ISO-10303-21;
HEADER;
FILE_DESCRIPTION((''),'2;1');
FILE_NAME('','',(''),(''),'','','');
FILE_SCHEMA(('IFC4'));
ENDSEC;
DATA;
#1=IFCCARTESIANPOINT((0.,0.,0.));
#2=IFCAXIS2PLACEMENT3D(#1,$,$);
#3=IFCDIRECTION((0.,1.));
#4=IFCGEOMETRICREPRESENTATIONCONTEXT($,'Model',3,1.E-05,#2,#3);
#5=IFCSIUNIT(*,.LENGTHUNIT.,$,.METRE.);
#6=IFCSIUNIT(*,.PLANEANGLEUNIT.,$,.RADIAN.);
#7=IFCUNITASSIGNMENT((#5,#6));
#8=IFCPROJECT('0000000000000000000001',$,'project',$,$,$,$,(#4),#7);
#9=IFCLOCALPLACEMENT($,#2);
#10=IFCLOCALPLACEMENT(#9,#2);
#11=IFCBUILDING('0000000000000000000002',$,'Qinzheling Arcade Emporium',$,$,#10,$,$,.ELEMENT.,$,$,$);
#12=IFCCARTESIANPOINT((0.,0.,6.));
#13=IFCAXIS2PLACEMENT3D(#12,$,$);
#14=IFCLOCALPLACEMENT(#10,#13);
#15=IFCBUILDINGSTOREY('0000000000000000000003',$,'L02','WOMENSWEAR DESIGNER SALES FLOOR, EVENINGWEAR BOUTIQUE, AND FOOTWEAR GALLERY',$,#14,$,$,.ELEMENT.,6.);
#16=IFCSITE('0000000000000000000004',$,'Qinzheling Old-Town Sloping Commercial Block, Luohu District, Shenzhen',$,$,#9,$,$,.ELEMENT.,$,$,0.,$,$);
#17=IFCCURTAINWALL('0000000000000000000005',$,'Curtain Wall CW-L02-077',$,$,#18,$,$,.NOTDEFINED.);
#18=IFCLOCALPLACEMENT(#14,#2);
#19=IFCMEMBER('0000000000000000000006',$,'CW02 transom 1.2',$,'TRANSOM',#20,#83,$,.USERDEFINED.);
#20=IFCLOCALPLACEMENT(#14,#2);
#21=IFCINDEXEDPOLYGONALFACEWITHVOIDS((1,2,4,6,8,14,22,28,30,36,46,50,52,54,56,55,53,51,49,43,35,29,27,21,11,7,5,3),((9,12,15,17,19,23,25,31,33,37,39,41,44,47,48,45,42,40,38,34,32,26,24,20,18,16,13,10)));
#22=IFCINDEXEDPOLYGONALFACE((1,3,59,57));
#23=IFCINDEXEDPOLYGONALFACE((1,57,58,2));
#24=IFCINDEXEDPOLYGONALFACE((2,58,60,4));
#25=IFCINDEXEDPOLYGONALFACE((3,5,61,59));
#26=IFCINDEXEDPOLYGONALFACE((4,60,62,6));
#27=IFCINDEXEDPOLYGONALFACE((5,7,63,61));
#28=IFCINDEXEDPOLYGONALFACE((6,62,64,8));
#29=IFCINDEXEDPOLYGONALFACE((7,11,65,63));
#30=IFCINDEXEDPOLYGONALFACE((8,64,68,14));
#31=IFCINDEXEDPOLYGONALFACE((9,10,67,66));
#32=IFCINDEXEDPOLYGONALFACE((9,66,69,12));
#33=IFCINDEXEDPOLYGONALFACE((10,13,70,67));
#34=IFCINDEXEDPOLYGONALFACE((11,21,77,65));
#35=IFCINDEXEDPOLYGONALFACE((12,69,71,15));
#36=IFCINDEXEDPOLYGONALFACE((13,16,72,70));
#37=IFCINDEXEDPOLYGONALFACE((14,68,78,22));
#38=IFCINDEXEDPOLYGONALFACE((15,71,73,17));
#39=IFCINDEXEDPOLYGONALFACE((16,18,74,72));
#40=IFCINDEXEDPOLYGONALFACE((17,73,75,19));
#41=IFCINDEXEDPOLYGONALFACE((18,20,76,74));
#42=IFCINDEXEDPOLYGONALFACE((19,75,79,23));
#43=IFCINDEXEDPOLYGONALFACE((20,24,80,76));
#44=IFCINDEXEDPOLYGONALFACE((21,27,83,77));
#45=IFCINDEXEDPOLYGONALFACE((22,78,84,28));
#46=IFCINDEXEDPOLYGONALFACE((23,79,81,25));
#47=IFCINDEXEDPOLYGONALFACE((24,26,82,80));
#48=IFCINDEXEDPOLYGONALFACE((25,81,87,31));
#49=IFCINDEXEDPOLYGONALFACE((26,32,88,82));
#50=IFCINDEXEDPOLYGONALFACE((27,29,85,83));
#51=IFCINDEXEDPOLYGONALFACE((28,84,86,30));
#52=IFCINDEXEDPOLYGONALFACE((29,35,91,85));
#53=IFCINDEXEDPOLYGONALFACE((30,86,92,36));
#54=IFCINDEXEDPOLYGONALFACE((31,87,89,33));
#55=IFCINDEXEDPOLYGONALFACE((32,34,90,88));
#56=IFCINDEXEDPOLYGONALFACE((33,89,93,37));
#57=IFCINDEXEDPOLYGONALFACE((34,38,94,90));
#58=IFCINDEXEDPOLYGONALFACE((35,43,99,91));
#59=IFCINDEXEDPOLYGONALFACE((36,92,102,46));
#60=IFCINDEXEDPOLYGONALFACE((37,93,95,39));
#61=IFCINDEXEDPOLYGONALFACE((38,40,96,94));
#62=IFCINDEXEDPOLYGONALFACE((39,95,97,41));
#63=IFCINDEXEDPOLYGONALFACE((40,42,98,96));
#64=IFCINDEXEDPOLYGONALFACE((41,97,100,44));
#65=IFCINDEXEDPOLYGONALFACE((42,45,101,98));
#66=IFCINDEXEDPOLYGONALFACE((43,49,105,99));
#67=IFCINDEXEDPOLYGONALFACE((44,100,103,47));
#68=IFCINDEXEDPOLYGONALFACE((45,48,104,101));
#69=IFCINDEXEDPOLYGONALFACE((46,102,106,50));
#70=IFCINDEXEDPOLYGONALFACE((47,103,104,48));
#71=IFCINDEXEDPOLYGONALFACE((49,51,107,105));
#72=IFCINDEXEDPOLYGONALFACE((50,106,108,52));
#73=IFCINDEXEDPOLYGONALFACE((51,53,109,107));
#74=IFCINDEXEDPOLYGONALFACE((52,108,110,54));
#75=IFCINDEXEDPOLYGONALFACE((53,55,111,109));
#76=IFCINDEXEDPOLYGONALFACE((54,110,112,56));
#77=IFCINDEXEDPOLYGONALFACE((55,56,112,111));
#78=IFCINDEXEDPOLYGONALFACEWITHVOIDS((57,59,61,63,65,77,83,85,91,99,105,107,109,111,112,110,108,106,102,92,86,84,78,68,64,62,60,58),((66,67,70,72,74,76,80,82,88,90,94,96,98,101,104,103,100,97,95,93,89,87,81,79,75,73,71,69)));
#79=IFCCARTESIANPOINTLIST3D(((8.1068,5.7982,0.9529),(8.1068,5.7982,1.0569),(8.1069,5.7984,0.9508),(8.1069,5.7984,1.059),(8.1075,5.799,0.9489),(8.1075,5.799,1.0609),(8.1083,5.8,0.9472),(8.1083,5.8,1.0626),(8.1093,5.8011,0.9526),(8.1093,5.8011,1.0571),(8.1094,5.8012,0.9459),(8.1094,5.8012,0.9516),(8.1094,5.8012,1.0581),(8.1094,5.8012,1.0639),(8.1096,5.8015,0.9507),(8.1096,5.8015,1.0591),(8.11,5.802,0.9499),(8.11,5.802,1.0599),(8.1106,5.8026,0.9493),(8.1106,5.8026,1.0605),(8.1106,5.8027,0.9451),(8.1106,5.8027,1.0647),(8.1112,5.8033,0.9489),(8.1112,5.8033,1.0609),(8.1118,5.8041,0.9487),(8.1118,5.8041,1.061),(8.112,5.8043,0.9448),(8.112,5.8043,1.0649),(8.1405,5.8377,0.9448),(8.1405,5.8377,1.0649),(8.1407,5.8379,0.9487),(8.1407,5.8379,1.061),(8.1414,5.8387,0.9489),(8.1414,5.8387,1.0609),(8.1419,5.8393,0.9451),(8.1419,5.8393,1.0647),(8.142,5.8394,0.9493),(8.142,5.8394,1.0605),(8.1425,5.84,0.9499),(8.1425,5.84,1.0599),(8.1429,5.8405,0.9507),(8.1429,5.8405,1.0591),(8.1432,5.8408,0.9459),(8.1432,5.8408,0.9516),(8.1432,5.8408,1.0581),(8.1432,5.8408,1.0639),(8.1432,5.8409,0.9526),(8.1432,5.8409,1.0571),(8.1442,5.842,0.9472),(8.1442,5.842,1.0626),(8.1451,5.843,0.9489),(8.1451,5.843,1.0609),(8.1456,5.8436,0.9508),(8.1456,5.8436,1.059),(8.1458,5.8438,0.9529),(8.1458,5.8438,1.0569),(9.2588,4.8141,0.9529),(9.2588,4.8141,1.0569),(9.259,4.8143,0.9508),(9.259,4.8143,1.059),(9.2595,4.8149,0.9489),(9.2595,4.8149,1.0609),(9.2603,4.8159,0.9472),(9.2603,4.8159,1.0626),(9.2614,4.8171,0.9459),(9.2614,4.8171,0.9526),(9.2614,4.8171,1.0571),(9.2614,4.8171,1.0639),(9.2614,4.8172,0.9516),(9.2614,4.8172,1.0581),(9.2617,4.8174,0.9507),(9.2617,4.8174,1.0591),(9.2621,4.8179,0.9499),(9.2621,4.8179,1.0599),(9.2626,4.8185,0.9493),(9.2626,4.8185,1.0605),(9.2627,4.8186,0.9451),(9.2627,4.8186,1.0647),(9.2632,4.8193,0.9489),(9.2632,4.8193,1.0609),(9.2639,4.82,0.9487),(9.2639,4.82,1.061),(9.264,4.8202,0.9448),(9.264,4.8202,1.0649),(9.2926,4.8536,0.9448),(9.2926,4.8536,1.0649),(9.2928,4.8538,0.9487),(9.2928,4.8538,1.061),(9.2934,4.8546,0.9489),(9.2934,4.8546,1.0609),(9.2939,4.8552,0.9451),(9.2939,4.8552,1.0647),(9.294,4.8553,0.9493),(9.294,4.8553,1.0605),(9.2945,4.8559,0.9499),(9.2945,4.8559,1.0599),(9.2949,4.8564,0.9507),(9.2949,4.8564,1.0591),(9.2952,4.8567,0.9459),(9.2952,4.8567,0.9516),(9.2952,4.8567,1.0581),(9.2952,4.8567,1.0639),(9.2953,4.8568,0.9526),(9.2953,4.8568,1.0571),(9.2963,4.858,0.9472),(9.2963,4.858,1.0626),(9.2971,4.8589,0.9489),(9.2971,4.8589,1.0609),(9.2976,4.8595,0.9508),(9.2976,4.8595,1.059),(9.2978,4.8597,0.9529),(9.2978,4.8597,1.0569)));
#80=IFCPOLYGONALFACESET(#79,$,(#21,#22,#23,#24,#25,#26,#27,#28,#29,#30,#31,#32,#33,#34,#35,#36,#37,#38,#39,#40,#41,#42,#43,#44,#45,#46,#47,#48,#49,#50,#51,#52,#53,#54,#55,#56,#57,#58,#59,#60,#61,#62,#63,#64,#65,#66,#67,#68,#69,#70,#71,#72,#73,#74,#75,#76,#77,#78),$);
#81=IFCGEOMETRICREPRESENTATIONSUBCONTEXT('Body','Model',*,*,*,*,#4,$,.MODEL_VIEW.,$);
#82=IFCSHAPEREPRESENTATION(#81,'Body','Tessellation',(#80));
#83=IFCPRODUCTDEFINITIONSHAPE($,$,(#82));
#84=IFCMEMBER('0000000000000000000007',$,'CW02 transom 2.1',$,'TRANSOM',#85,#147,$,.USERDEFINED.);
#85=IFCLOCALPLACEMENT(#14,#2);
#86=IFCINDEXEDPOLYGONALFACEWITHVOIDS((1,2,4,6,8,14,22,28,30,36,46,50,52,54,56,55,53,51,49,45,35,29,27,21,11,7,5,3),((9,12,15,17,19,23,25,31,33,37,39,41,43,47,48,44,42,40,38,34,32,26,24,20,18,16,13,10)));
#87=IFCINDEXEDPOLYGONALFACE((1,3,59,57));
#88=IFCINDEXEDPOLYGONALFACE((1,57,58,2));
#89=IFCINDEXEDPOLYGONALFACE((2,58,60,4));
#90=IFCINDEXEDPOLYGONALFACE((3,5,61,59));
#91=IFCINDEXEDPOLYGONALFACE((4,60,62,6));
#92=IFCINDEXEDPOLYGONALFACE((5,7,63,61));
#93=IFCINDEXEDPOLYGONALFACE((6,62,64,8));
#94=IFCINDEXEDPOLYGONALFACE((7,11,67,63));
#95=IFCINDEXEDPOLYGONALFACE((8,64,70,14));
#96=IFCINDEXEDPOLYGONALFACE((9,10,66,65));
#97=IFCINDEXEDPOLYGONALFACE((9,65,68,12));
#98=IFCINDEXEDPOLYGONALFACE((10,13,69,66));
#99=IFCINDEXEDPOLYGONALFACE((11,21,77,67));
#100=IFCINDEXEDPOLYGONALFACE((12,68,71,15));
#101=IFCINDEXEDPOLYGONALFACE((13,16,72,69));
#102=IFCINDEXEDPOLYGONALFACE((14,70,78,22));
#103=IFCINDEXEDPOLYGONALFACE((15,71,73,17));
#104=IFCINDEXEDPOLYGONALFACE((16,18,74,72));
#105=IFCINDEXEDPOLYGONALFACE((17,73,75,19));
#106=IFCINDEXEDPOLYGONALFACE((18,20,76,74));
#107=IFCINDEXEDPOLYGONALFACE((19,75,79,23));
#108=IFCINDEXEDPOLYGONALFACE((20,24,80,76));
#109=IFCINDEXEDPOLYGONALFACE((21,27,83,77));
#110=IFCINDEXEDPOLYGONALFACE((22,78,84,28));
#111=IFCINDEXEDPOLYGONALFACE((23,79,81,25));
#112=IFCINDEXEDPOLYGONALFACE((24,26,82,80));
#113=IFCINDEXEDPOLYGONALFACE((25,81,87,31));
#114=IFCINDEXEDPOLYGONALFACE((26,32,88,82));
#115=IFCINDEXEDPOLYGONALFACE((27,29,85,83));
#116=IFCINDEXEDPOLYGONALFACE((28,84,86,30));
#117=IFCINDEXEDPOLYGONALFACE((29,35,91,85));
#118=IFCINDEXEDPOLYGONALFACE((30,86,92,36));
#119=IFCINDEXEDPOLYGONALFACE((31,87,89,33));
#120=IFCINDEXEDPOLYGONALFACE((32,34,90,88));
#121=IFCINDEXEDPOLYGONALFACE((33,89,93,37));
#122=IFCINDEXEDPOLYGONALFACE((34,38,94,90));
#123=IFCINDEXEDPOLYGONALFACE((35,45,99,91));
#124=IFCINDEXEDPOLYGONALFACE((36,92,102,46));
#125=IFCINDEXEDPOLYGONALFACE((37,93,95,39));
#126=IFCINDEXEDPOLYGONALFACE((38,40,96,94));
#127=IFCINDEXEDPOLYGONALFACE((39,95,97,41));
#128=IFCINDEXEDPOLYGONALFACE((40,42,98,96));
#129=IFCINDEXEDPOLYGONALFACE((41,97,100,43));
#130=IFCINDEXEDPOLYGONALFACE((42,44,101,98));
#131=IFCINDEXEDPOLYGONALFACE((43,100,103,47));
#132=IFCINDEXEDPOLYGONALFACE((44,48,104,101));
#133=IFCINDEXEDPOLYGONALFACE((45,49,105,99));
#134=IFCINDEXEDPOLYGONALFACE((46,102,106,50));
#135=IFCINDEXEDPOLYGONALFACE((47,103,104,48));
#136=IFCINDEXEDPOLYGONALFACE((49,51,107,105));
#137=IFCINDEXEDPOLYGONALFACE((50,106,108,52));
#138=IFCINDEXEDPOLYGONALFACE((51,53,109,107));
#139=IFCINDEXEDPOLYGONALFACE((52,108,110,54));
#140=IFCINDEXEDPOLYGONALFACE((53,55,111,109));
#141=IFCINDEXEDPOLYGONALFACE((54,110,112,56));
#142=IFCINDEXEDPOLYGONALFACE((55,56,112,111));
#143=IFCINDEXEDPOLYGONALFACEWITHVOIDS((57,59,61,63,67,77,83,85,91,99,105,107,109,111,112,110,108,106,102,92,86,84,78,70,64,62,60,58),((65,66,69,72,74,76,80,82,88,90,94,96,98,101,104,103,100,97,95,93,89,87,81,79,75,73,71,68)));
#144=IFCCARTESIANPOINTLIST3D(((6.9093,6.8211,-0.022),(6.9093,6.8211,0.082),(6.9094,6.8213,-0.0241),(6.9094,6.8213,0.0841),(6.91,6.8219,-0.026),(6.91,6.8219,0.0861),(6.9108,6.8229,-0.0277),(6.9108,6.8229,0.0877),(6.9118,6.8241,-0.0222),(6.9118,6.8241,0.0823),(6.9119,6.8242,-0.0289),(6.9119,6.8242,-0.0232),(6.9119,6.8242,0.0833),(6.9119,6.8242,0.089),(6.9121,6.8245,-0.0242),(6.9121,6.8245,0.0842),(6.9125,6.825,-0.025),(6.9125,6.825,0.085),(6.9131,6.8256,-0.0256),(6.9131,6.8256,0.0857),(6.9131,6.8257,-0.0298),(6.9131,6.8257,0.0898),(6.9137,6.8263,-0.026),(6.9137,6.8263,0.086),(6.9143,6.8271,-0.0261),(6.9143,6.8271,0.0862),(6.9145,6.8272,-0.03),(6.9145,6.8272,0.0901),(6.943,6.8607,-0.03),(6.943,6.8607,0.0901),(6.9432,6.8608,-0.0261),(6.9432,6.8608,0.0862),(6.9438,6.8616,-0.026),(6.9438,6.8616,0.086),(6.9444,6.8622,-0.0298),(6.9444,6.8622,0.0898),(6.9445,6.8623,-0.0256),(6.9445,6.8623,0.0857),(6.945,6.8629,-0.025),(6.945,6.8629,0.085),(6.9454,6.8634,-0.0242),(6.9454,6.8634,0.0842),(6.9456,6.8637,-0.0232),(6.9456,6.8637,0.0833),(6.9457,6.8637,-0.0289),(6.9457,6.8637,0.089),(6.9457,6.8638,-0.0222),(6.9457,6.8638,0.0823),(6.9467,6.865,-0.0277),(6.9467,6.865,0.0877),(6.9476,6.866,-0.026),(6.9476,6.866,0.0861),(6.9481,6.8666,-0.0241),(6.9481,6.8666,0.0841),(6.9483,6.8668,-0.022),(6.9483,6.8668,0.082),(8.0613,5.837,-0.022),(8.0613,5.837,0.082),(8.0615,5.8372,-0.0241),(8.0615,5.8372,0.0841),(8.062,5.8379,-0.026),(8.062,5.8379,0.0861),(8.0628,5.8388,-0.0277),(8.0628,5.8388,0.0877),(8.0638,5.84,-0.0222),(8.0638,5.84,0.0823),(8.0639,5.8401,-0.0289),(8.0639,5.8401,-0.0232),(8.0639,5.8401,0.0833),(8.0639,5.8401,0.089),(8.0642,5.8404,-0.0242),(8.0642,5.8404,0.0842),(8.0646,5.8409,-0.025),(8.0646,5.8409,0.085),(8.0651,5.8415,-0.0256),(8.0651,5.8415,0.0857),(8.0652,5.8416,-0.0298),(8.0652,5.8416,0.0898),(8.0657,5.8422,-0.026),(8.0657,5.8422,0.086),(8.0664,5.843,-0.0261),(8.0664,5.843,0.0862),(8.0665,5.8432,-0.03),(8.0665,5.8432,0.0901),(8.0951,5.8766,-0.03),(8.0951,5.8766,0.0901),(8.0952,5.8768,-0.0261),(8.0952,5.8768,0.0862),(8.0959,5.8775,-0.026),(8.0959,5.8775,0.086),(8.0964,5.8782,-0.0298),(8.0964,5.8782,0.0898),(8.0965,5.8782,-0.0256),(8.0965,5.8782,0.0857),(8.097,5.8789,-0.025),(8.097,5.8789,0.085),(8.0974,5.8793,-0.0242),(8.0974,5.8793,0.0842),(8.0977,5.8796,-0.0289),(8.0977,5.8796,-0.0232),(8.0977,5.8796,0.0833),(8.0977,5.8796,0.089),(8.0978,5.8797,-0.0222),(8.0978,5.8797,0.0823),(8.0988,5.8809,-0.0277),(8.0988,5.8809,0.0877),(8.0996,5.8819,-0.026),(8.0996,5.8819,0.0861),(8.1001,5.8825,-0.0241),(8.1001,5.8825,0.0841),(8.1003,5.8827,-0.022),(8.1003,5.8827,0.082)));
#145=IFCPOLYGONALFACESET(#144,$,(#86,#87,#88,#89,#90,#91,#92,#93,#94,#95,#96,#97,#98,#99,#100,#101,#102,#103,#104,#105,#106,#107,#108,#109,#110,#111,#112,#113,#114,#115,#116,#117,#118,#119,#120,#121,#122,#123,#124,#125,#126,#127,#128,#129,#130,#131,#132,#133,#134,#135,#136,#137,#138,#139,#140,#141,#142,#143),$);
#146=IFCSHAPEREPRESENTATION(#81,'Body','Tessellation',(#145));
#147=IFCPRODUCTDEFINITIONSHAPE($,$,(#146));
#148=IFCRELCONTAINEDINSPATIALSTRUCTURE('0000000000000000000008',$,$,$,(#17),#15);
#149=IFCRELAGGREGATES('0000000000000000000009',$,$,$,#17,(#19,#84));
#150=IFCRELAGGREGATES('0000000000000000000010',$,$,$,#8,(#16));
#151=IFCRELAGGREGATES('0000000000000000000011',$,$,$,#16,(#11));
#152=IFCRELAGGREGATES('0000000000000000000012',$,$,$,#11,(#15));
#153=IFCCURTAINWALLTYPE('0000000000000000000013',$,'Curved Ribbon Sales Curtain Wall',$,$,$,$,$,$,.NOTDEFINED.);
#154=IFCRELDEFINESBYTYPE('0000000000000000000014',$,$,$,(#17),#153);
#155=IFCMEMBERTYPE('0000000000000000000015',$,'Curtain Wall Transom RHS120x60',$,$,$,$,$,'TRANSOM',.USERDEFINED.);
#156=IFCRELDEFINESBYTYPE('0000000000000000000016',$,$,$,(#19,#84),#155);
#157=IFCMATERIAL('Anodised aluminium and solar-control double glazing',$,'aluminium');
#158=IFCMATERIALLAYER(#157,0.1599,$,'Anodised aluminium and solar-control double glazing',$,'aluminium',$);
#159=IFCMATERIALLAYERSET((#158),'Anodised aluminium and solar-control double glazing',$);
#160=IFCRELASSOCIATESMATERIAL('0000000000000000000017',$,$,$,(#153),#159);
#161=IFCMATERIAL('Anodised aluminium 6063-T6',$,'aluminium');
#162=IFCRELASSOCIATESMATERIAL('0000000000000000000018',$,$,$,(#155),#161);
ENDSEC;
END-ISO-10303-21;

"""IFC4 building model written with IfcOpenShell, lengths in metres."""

from ifc_helpers import new_model, si_unit, direction, frame, origin, origin_2d, place, context, subcontext, project, spatial, hollow_rectangle, extrude, material, layer, layer_set, material_profile, profile_set, type_object, element, aggregate, save


model = new_model("IFC4")

# Units and contexts
model_context = context("Model", 3, precision=1e-05, world=origin(), true_north=direction((0.0, 1.0)))
body_context = subcontext(model_context, "Body", "Model", "MODEL_VIEW")
ifc_project = project(units=[si_unit("LENGTHUNIT", "METRE"), si_unit("PLANEANGLEUNIT", "RADIAN")], contexts=[model_context])

# Site, building, storey
site_placement = place(None, origin())
site = spatial("IfcSite", under=ifc_project, at=site_placement, Name="Qinzheling Old-Town Sloping Commercial Block, Luohu District, Shenzhen", CompositionType="ELEMENT", RefElevation=0.0)
building_placement = place(site_placement, origin())
building = spatial("IfcBuilding", under=site, at=building_placement, Name="Qinzheling Arcade Emporium", CompositionType="ELEMENT")
storey_placement = place(building_placement, frame((0.0, 0.0, 6.0)))
storey = spatial("IfcBuildingStorey", under=building, at=storey_placement, Name="L02", Description="WOMENSWEAR DESIGNER SALES FLOOR, EVENINGWEAR BOUTIQUE, AND FOOTWEAR GALLERY", CompositionType="ELEMENT", Elevation=6.0)

# Curtain wall
ifc_material_1 = material(Name="Anodised aluminium and solar-control double glazing", Category="aluminium")
ifc_layer_1 = layer(ifc_material_1, 0.1599, Name="Anodised aluminium and solar-control double glazing", Category="aluminium")
ifc_layer_set_1 = layer_set([ifc_layer_1], Name="Anodised aluminium and solar-control double glazing")
curtain_wall_type = type_object("IfcCurtainWallType", Name="Curved Ribbon Sales Curtain Wall", PredefinedType="NOTDEFINED", material=ifc_layer_set_1)
curtain_wall_1_placement = place(storey_placement, origin())
curtain_wall_1 = element("IfcCurtainWall", 1, at=curtain_wall_1_placement, inside=storey, type_object=curtain_wall_type, Name="Curtain Wall CW-L02-077", PredefinedType="NOTDEFINED")
ifc_material_2 = material(Name="Anodised aluminium 6063-T6", Category="aluminium")

# Members
ifc_material_profile_1 = material_profile(ifc_material_2, hollow_rectangle(XDim=0.0601, YDim=0.1201, WallThickness=0.0039, InnerFilletRadius=0.0039, OuterFilletRadius=0.0081, at=origin_2d()), Name="RHS 120x60x4", Category="aluminium")
ifc_profile_set_1 = profile_set([ifc_material_profile_1], Name="Anodised aluminium 6063-T6")
member_type_1 = type_object("IfcMemberType", Name="Curtain Wall Transom RHS120x60", ElementType="TRANSOM", PredefinedType="USERDEFINED", material=ifc_profile_set_1)
member_1_placement = place(storey_placement, frame((9.2783, 4.8369, 1.0049), z_axis=(-0.760359, 0.649503, 0.0), x_axis=(-0.649503, -0.760359, 0.0)))
member_1 = element("IfcMember", 2, at=member_1_placement, type_object=member_type_1, Name="CW02 transom 1.2", ObjectType="TRANSOM", PredefinedType="USERDEFINED", context=body_context, shape_type="SweptSolid", body=[
    extrude(hollow_rectangle(XDim=0.0601, YDim=0.1201, WallThickness=0.0039, InnerFilletRadius=0.0039, OuterFilletRadius=0.0081, at=origin_2d()), origin(), (0.0, 0.0, 1.0), 1.5151),
])
member_2_placement = place(storey_placement, frame((8.0808, 5.8599, 0.03), z_axis=(-0.760359, 0.649503, 0.0), x_axis=(-0.649503, -0.760359, 0.0)))
member_2 = element("IfcMember", 3, at=member_2_placement, type_object=member_type_1, Name="CW02 transom 2.1", ObjectType="TRANSOM", PredefinedType="USERDEFINED", context=body_context, shape_type="SweptSolid", body=[
    extrude(hollow_rectangle(XDim=0.0601, YDim=0.1201, WallThickness=0.0039, InnerFilletRadius=0.0039, OuterFilletRadius=0.0081, at=origin_2d()), origin(), (0.0, 0.0, 1.0), 1.5151),
])

aggregate(curtain_wall_1, [member_1, member_2])

save(model, "model.ifc")
